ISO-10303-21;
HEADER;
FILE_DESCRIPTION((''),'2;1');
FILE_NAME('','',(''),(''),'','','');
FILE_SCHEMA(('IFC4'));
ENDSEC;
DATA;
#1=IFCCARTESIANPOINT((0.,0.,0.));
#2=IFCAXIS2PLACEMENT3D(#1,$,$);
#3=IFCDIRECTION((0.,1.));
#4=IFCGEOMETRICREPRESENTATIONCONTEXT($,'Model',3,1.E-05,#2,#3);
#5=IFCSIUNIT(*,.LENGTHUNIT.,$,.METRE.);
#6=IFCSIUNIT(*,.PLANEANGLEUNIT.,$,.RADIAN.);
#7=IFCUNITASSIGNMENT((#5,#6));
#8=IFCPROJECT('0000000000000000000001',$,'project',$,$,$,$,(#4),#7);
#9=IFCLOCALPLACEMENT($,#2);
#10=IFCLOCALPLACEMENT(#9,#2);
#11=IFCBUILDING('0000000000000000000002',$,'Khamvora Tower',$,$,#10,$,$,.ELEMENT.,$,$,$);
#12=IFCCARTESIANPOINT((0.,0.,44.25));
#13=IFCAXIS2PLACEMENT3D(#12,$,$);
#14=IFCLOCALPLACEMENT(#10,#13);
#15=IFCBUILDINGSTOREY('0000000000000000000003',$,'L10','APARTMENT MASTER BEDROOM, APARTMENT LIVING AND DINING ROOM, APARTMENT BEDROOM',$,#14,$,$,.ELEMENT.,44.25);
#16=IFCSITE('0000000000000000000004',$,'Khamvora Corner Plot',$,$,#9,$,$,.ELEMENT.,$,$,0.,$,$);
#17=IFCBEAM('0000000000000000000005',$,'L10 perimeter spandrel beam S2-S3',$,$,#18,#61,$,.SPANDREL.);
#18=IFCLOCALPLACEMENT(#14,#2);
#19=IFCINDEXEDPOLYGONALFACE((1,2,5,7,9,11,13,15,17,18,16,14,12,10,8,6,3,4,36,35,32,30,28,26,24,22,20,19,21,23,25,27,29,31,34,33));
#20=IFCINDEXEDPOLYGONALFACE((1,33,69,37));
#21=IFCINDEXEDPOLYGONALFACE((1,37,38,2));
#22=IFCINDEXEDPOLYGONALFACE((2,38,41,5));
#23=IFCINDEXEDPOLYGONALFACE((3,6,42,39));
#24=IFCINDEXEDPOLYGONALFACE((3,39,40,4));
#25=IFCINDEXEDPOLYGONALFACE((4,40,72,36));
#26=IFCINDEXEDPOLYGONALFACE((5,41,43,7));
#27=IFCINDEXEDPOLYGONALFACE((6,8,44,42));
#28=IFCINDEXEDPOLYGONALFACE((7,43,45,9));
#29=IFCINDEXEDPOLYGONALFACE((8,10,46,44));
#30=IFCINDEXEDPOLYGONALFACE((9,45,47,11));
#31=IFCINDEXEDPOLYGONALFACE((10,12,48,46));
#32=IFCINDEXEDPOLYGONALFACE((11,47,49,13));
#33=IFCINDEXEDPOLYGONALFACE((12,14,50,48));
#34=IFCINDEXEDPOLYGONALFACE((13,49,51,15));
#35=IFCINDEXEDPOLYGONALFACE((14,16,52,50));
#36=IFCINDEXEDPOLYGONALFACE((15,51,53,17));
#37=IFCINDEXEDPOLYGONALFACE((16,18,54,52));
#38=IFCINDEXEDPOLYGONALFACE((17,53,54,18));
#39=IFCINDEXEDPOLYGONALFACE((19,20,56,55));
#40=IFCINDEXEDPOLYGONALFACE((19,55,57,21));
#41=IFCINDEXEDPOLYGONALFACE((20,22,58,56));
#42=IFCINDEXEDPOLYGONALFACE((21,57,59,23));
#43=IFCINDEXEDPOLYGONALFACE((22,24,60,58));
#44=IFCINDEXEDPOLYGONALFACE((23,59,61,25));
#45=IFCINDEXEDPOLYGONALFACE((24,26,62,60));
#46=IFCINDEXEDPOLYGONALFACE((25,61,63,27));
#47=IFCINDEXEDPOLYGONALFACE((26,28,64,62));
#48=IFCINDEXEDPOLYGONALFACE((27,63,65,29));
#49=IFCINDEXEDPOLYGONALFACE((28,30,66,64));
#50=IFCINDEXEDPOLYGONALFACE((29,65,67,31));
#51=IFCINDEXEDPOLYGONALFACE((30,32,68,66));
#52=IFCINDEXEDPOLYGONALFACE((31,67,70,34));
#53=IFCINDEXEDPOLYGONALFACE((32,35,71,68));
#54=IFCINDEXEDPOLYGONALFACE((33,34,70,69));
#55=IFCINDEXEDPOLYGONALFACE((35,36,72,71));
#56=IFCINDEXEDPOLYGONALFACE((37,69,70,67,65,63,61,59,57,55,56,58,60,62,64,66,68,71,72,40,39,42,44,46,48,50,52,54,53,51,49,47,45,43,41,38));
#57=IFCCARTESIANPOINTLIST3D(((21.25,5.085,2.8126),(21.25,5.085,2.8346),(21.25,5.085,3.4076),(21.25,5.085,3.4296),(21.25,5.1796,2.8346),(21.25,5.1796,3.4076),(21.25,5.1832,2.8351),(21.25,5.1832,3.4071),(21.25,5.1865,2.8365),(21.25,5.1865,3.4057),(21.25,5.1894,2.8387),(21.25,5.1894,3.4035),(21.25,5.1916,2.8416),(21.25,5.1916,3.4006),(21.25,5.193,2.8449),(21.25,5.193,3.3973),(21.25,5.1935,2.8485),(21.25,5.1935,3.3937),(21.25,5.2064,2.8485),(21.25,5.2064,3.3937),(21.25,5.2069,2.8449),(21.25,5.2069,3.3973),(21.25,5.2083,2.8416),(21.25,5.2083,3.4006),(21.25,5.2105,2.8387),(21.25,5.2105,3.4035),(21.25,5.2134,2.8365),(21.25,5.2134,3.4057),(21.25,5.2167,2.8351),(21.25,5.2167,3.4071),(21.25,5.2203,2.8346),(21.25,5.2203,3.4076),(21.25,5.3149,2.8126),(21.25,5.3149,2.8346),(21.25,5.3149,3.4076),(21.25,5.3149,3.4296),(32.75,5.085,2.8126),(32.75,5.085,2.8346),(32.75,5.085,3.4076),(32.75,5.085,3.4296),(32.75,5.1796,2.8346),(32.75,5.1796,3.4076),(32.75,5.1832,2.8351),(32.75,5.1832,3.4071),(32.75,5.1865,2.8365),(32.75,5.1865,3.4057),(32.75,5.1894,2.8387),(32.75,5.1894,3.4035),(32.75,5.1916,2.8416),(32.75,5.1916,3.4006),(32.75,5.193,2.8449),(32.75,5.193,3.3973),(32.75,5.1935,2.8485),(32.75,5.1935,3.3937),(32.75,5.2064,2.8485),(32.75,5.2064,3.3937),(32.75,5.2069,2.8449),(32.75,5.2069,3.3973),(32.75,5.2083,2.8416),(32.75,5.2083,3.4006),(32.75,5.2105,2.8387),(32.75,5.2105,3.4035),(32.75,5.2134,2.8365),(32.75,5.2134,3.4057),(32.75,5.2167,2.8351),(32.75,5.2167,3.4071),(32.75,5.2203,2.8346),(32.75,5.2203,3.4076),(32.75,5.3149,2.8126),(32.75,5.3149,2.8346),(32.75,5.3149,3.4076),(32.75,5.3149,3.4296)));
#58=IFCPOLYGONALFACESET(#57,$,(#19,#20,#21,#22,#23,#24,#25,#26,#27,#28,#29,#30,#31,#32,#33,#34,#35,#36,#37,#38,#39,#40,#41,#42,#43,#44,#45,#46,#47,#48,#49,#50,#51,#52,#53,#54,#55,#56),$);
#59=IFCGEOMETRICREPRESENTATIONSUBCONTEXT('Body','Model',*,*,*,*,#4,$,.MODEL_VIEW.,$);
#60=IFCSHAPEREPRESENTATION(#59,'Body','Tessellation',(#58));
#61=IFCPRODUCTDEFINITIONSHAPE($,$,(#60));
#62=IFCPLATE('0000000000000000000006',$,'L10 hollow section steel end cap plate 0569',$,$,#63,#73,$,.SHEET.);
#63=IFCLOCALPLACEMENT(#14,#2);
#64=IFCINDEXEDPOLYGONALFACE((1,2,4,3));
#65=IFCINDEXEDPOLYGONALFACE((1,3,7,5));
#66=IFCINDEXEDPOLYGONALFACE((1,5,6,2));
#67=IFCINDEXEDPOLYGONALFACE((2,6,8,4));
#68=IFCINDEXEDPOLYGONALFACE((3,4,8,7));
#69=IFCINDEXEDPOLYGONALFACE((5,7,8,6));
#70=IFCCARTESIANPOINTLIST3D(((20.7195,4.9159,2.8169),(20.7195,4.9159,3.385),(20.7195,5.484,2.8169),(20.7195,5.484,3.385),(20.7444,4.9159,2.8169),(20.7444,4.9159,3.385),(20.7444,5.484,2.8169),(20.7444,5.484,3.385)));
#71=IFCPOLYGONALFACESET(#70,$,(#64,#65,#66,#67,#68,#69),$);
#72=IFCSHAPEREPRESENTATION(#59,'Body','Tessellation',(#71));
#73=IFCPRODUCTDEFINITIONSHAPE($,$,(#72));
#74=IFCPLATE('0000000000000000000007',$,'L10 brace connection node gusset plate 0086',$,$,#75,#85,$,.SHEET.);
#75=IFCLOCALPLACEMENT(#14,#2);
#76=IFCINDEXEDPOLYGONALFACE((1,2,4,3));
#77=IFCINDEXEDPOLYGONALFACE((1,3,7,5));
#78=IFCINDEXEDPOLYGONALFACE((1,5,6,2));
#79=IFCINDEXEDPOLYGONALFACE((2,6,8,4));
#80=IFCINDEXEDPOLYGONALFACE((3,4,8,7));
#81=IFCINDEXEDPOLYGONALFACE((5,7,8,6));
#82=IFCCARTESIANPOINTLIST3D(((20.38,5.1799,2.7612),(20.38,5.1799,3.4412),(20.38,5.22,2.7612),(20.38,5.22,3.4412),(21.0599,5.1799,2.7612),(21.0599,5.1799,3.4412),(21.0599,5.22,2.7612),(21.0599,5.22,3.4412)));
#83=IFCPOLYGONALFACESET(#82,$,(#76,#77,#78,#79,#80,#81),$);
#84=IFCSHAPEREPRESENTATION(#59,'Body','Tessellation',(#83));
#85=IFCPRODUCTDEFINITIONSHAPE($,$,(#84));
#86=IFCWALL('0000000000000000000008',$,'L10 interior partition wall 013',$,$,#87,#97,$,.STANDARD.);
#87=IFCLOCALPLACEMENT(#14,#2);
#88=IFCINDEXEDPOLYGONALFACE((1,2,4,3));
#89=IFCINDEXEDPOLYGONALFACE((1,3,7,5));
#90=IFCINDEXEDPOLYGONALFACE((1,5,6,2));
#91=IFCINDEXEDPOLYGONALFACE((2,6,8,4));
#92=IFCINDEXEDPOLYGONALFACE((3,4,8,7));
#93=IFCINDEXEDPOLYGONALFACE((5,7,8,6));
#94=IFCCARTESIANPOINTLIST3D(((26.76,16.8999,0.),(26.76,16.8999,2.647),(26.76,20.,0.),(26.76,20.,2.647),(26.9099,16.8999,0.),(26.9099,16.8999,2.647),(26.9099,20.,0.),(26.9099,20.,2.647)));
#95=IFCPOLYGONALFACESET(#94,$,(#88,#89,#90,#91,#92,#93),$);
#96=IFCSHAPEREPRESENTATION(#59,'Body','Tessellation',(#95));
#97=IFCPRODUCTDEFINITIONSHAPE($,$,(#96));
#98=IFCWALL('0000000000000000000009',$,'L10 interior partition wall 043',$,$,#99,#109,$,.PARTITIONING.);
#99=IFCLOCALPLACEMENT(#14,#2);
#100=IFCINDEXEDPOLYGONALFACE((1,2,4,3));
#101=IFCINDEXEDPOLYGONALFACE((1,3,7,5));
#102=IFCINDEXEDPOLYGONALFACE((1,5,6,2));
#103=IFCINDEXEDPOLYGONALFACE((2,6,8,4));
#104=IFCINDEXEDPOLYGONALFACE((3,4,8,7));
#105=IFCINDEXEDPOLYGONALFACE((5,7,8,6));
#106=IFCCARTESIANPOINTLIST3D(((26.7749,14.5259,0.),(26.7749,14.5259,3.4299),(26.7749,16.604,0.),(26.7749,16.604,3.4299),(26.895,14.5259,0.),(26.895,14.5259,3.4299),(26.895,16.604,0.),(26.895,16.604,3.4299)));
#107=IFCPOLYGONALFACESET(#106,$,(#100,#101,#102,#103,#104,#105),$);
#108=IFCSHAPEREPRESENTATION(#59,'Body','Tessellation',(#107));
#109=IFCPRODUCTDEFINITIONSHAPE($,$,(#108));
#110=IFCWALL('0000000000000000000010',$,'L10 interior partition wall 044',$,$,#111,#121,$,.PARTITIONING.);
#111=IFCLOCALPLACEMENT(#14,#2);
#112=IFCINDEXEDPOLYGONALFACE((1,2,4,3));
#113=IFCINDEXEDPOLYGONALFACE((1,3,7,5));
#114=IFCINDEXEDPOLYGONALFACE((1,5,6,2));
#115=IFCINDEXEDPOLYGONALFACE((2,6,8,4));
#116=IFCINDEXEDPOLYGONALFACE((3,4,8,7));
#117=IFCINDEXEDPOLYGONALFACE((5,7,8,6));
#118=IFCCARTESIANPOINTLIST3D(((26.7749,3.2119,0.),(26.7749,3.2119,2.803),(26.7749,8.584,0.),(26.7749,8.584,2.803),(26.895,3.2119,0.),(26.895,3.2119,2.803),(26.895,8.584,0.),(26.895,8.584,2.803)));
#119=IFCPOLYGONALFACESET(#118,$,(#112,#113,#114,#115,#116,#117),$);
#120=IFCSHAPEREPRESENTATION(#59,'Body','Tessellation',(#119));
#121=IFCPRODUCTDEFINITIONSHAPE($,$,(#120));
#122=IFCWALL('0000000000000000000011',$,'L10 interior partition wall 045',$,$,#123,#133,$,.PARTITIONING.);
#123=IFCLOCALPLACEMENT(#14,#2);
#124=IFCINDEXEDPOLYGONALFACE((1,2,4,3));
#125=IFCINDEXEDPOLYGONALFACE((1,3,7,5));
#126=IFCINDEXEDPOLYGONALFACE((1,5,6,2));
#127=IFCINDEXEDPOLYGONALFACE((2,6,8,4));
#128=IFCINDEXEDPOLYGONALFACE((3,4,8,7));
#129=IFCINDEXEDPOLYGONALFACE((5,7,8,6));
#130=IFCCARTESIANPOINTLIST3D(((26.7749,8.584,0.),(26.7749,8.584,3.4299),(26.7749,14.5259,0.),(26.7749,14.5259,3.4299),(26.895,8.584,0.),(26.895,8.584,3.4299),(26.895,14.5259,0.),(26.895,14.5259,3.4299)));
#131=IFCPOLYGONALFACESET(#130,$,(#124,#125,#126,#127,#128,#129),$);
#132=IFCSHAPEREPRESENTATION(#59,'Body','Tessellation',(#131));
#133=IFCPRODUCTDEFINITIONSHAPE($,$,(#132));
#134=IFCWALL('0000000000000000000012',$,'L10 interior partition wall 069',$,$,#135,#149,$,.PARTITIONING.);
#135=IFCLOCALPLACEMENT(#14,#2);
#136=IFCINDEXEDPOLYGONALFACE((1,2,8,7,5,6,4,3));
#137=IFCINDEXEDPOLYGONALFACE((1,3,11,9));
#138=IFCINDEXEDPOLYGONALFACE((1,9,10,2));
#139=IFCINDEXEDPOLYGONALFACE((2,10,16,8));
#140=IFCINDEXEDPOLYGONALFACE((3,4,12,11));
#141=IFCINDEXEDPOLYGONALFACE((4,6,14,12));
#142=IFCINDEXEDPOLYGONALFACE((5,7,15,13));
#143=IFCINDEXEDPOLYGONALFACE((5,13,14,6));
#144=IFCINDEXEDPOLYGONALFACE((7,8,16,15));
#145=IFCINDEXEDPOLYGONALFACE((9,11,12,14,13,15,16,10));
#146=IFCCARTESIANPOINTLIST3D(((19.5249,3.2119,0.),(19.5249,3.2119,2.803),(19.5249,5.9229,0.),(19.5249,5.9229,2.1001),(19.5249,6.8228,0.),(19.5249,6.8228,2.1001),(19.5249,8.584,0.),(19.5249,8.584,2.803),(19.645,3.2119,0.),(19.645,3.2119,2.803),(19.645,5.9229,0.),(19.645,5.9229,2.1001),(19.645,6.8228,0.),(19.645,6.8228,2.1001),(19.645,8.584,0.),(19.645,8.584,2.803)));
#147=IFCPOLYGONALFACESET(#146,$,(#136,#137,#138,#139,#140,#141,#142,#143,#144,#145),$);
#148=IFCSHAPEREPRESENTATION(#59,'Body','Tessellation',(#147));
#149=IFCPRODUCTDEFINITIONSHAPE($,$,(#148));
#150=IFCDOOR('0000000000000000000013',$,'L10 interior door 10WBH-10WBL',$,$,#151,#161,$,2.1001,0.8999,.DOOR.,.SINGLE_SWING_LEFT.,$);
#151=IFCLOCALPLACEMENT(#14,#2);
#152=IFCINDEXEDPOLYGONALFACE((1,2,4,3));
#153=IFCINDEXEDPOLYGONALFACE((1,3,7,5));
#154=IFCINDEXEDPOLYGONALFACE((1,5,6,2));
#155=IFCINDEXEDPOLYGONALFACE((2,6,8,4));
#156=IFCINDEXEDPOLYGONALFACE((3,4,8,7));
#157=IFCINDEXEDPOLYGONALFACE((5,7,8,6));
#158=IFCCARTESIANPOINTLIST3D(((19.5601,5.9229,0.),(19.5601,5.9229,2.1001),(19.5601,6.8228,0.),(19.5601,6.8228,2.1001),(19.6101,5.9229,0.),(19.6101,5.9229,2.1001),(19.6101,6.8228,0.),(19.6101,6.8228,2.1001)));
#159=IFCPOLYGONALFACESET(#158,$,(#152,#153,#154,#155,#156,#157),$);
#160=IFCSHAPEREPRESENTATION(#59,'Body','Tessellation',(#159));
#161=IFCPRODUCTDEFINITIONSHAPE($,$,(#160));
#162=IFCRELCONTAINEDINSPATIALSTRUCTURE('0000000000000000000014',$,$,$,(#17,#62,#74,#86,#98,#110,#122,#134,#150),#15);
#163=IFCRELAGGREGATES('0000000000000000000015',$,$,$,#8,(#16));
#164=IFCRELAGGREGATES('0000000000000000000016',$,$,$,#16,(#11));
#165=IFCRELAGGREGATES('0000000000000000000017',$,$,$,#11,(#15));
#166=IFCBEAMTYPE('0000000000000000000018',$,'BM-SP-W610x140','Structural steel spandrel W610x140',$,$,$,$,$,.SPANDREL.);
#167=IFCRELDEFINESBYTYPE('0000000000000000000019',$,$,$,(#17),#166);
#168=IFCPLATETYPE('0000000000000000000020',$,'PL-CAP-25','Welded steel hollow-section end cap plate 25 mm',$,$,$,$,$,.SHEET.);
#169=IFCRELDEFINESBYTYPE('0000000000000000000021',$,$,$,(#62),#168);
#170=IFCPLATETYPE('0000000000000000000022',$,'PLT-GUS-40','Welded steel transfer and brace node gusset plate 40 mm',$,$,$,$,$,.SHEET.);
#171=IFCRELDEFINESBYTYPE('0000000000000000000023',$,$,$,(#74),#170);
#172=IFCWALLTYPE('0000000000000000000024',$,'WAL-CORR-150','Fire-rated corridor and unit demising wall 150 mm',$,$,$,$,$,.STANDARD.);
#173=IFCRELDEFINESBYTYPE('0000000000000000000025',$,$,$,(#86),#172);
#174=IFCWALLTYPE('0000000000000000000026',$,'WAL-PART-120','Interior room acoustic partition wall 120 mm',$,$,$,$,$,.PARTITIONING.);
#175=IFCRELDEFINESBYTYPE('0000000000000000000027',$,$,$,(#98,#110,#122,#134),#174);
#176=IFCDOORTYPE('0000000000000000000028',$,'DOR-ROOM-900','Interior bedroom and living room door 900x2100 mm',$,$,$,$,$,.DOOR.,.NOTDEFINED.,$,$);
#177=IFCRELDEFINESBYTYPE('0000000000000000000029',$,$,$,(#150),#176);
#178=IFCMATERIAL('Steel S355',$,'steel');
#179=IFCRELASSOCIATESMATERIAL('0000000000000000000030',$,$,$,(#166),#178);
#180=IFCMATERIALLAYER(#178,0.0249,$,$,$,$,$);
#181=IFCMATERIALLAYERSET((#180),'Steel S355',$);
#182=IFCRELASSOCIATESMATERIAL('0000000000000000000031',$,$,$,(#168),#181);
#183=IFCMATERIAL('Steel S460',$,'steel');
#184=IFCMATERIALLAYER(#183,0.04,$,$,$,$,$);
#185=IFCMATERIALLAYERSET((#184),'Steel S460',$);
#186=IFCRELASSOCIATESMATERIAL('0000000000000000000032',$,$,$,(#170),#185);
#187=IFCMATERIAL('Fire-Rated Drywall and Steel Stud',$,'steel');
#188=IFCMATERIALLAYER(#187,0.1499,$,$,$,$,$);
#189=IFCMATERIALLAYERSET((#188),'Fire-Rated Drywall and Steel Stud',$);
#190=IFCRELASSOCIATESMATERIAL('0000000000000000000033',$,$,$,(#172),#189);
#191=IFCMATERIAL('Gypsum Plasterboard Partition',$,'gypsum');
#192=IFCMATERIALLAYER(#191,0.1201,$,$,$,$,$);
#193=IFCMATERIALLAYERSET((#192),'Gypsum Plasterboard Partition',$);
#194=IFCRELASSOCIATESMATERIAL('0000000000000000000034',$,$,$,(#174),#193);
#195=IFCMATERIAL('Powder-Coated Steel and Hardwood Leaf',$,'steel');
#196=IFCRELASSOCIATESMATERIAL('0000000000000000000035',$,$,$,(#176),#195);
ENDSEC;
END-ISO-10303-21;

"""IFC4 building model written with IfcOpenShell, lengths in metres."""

from ifc_helpers import new_model, si_unit, direction, frame, frame_2d, origin, origin_2d, place, context, subcontext, project, spatial, rectangle, i_section, extrude, material, layer, layer_set, material_profile, profile_set, type_object, element, fill, save


model = new_model("IFC4")

# Units and contexts
model_context = context("Model", 3, precision=1e-05, world=origin(), true_north=direction((0.0, 1.0)))
body_context = subcontext(model_context, "Body", "Model", "MODEL_VIEW")
ifc_project = project(units=[si_unit("LENGTHUNIT", "METRE"), si_unit("PLANEANGLEUNIT", "RADIAN")], contexts=[model_context])

# Site, building, storey
site_placement = place(None, origin())
site = spatial("IfcSite", under=ifc_project, at=site_placement, Name="Khamvora Corner Plot", CompositionType="ELEMENT", RefElevation=0.0)
building_placement = place(site_placement, origin())
building = spatial("IfcBuilding", under=site, at=building_placement, Name="Khamvora Tower", CompositionType="ELEMENT")
storey_placement = place(building_placement, frame((0.0, 0.0, 44.25)))
storey = spatial("IfcBuildingStorey", under=building, at=storey_placement, Name="L10", Description="APARTMENT MASTER BEDROOM, APARTMENT LIVING AND DINING ROOM, APARTMENT BEDROOM", CompositionType="ELEMENT", Elevation=44.25)

# Shared definitions
ifc_material_1 = material(Name="Steel S460", Category="steel")

# Beam
ifc_material_2 = material(Name="Steel S355", Category="steel")
ifc_material_profile_1 = material_profile(ifc_material_2, i_section(OverallWidth=0.23, OverallDepth=0.6169, WebThickness=0.0129, FlangeThickness=0.022, FilletRadius=0.0139, at=origin_2d()), Name="W610x140")
ifc_profile_set_1 = profile_set([ifc_material_profile_1], Name="Steel S355")
beam_type_1 = type_object("IfcBeamType", Name="BM-SP-W610x140", Description="Structural steel spandrel W610x140", PredefinedType="SPANDREL", material=ifc_profile_set_1)
beam_1_placement = place(storey_placement, frame((21.25, 5.2, 3.1211), z_axis=(1.0, 0.0, 0.0), x_axis=(0.0, 1.0, 0.0)))
element("IfcBeam", 1, at=beam_1_placement, inside=storey, type_object=beam_type_1, Name="L10 perimeter spandrel beam S2-S3", PredefinedType="SPANDREL", context=body_context, shape_type="SweptSolid", body=[
    extrude(i_section(OverallWidth=0.23, OverallDepth=0.6169, WebThickness=0.0129, FlangeThickness=0.022, FilletRadius=0.0139, at=origin_2d()), origin(), (0.0, 0.0, 1.0), 11.5),
])

# Plates
ifc_layer_1 = layer(ifc_material_2, 0.0249)
ifc_layer_set_1 = layer_set([ifc_layer_1], Name="Steel S355")
plate_type_1 = type_object("IfcPlateType", Name="PL-CAP-25", Description="Welded steel hollow-section end cap plate 25 mm", PredefinedType="SHEET", material=ifc_layer_set_1)
plate_1_placement = place(storey_placement, frame((20.7319, 5.2, 2.8169), z_axis=(0.0, 0.0, 1.0), x_axis=(1.0, 0.0, 0.0)))
element("IfcPlate", 2, at=plate_1_placement, inside=storey, type_object=plate_type_1, Name="L10 hollow section steel end cap plate 0569", PredefinedType="SHEET", context=body_context, shape_type="SweptSolid", body=[
    extrude(rectangle(XDim=0.0249, YDim=0.5681, at=origin_2d()), origin(), (0.0, 0.0, 1.0), 0.5681),
])
ifc_layer_2 = layer(ifc_material_1, 0.04)
ifc_layer_set_2 = layer_set([ifc_layer_2], Name="Steel S460")
plate_type_2 = type_object("IfcPlateType", Name="PLT-GUS-40", Description="Welded steel transfer and brace node gusset plate 40 mm", PredefinedType="SHEET", material=ifc_layer_set_2)
plate_2_placement = place(storey_placement, frame((20.72, 5.2, 2.7612), z_axis=(0.0, 0.0, 1.0), x_axis=(1.0, 0.0, 0.0)))
element("IfcPlate", 3, at=plate_2_placement, inside=storey, type_object=plate_type_2, Name="L10 brace connection node gusset plate 0086", PredefinedType="SHEET", context=body_context, shape_type="SweptSolid", body=[
    extrude(rectangle(XDim=0.6799, YDim=0.04, at=origin_2d()), origin(), (0.0, 0.0, 1.0), 0.6799),
])

# Walls
ifc_material_3 = material(Name="Fire-Rated Drywall and Steel Stud", Category="steel")
ifc_layer_3 = layer(ifc_material_3, 0.1499)
ifc_layer_set_3 = layer_set([ifc_layer_3], Name="Fire-Rated Drywall and Steel Stud")
wall_type_1 = type_object("IfcWallType", Name="WAL-CORR-150", Description="Fire-rated corridor and unit demising wall 150 mm", PredefinedType="STANDARD", material=ifc_layer_set_3)
wall_1_placement = place(storey_placement, frame((26.835, 16.8999, 0.0), z_axis=(0.0, 0.0, 1.0), x_axis=(0.0, 1.0, 0.0)))
element("IfcWall", 4, at=wall_1_placement, inside=storey, type_object=wall_type_1, Name="L10 interior partition wall 013", PredefinedType="STANDARD", context=body_context, shape_type="SweptSolid", body=[
    extrude(rectangle(XDim=3.1001, YDim=0.1499, at=frame_2d((1.55, 0.0))), origin(), (0.0, 0.0, 1.0), 2.647),
])
ifc_material_4 = material(Name="Gypsum Plasterboard Partition", Category="gypsum")
ifc_layer_4 = layer(ifc_material_4, 0.1201)
ifc_layer_set_4 = layer_set([ifc_layer_4], Name="Gypsum Plasterboard Partition")
wall_type_2 = type_object("IfcWallType", Name="WAL-PART-120", Description="Interior room acoustic partition wall 120 mm", PredefinedType="PARTITIONING", material=ifc_layer_set_4)
wall_2_placement = place(storey_placement, frame((26.835, 14.5259, 0.0), z_axis=(0.0, 0.0, 1.0), x_axis=(0.0, 1.0, 0.0)))
element("IfcWall", 5, at=wall_2_placement, inside=storey, type_object=wall_type_2, Name="L10 interior partition wall 043", PredefinedType="PARTITIONING", context=body_context, shape_type="SweptSolid", body=[
    extrude(rectangle(XDim=2.0781, YDim=0.1201, at=frame_2d((1.0391, 0.0))), origin(), (0.0, 0.0, 1.0), 3.4299),
])
wall_3_placement = place(storey_placement, frame((26.835, 3.2119, 0.0), z_axis=(0.0, 0.0, 1.0), x_axis=(0.0, 1.0, 0.0)))
element("IfcWall", 6, at=wall_3_placement, inside=storey, type_object=wall_type_2, Name="L10 interior partition wall 044", PredefinedType="PARTITIONING", context=body_context, shape_type="SweptSolid", body=[
    extrude(rectangle(XDim=5.3721, YDim=0.1201, at=frame_2d((2.686, 0.0))), origin(), (0.0, 0.0, 1.0), 2.803),
])
wall_4_placement = place(storey_placement, frame((26.835, 8.584, 0.0), z_axis=(0.0, 0.0, 1.0), x_axis=(0.0, 1.0, 0.0)))
element("IfcWall", 7, at=wall_4_placement, inside=storey, type_object=wall_type_2, Name="L10 interior partition wall 045", PredefinedType="PARTITIONING", context=body_context, shape_type="SweptSolid", body=[
    extrude(rectangle(XDim=5.9419, YDim=0.1201, at=frame_2d((2.9709, 0.0))), origin(), (0.0, 0.0, 1.0), 3.4299),
])

# Wall, opening, door
wall_5_placement = place(storey_placement, frame((19.585, 3.2119, 0.0), z_axis=(0.0, 0.0, 1.0), x_axis=(0.0, 1.0, 0.0)))
wall_5 = element("IfcWall", 8, at=wall_5_placement, inside=storey, type_object=wall_type_2, Name="L10 interior partition wall 069", PredefinedType="PARTITIONING", context=body_context, shape_type="SweptSolid", body=[
    extrude(rectangle(XDim=5.3721, YDim=0.1201, at=frame_2d((2.686, 0.0))), origin(), (0.0, 0.0, 1.0), 2.803),
])
opening_1_placement = place(wall_5_placement, frame((2.7109, 0.0, 0.0)))
opening_1 = element("IfcOpeningElement", 9, at=opening_1_placement, cuts=wall_5, PredefinedType="OPENING", context=body_context, shape_type="SweptSolid", body=[
    extrude(rectangle(XDim=0.8999, YDim=2.1001, at=frame_2d((0.45, 1.05))), frame((0.0, 0.0701, 0.0), z_axis=(0.0, -1.0, 0.0), x_axis=(1.0, 0.0, 0.0)), (0.0, 0.0, 1.0), 0.1401),
])
ifc_material_5 = material(Name="Powder-Coated Steel and Hardwood Leaf", Category="steel")
door_type_1 = type_object("IfcDoorType", Name="DOR-ROOM-900", Description="Interior bedroom and living room door 900x2100 mm", OperationType="NOTDEFINED", PredefinedType="DOOR", material=ifc_material_5)
door_1_placement = place(opening_1_placement, origin())
door_1 = element("IfcDoor", 10, at=door_1_placement, inside=storey, type_object=door_type_1, Name="L10 interior door 10WBH-10WBL", OperationType="SINGLE_SWING_LEFT", OverallHeight=2.1001, OverallWidth=0.8999, PredefinedType="DOOR", context=body_context, shape_type="SweptSolid", body=[
    extrude(rectangle(XDim=0.8999, YDim=2.1001, at=frame_2d((0.45, 1.05))), frame((0.0, 0.0249, 0.0), z_axis=(0.0, -1.0, 0.0), x_axis=(1.0, 0.0, 0.0)), (0.0, 0.0, 1.0), 0.05),
])
fill(opening_1, door_1)

save(model, "model.ifc")
